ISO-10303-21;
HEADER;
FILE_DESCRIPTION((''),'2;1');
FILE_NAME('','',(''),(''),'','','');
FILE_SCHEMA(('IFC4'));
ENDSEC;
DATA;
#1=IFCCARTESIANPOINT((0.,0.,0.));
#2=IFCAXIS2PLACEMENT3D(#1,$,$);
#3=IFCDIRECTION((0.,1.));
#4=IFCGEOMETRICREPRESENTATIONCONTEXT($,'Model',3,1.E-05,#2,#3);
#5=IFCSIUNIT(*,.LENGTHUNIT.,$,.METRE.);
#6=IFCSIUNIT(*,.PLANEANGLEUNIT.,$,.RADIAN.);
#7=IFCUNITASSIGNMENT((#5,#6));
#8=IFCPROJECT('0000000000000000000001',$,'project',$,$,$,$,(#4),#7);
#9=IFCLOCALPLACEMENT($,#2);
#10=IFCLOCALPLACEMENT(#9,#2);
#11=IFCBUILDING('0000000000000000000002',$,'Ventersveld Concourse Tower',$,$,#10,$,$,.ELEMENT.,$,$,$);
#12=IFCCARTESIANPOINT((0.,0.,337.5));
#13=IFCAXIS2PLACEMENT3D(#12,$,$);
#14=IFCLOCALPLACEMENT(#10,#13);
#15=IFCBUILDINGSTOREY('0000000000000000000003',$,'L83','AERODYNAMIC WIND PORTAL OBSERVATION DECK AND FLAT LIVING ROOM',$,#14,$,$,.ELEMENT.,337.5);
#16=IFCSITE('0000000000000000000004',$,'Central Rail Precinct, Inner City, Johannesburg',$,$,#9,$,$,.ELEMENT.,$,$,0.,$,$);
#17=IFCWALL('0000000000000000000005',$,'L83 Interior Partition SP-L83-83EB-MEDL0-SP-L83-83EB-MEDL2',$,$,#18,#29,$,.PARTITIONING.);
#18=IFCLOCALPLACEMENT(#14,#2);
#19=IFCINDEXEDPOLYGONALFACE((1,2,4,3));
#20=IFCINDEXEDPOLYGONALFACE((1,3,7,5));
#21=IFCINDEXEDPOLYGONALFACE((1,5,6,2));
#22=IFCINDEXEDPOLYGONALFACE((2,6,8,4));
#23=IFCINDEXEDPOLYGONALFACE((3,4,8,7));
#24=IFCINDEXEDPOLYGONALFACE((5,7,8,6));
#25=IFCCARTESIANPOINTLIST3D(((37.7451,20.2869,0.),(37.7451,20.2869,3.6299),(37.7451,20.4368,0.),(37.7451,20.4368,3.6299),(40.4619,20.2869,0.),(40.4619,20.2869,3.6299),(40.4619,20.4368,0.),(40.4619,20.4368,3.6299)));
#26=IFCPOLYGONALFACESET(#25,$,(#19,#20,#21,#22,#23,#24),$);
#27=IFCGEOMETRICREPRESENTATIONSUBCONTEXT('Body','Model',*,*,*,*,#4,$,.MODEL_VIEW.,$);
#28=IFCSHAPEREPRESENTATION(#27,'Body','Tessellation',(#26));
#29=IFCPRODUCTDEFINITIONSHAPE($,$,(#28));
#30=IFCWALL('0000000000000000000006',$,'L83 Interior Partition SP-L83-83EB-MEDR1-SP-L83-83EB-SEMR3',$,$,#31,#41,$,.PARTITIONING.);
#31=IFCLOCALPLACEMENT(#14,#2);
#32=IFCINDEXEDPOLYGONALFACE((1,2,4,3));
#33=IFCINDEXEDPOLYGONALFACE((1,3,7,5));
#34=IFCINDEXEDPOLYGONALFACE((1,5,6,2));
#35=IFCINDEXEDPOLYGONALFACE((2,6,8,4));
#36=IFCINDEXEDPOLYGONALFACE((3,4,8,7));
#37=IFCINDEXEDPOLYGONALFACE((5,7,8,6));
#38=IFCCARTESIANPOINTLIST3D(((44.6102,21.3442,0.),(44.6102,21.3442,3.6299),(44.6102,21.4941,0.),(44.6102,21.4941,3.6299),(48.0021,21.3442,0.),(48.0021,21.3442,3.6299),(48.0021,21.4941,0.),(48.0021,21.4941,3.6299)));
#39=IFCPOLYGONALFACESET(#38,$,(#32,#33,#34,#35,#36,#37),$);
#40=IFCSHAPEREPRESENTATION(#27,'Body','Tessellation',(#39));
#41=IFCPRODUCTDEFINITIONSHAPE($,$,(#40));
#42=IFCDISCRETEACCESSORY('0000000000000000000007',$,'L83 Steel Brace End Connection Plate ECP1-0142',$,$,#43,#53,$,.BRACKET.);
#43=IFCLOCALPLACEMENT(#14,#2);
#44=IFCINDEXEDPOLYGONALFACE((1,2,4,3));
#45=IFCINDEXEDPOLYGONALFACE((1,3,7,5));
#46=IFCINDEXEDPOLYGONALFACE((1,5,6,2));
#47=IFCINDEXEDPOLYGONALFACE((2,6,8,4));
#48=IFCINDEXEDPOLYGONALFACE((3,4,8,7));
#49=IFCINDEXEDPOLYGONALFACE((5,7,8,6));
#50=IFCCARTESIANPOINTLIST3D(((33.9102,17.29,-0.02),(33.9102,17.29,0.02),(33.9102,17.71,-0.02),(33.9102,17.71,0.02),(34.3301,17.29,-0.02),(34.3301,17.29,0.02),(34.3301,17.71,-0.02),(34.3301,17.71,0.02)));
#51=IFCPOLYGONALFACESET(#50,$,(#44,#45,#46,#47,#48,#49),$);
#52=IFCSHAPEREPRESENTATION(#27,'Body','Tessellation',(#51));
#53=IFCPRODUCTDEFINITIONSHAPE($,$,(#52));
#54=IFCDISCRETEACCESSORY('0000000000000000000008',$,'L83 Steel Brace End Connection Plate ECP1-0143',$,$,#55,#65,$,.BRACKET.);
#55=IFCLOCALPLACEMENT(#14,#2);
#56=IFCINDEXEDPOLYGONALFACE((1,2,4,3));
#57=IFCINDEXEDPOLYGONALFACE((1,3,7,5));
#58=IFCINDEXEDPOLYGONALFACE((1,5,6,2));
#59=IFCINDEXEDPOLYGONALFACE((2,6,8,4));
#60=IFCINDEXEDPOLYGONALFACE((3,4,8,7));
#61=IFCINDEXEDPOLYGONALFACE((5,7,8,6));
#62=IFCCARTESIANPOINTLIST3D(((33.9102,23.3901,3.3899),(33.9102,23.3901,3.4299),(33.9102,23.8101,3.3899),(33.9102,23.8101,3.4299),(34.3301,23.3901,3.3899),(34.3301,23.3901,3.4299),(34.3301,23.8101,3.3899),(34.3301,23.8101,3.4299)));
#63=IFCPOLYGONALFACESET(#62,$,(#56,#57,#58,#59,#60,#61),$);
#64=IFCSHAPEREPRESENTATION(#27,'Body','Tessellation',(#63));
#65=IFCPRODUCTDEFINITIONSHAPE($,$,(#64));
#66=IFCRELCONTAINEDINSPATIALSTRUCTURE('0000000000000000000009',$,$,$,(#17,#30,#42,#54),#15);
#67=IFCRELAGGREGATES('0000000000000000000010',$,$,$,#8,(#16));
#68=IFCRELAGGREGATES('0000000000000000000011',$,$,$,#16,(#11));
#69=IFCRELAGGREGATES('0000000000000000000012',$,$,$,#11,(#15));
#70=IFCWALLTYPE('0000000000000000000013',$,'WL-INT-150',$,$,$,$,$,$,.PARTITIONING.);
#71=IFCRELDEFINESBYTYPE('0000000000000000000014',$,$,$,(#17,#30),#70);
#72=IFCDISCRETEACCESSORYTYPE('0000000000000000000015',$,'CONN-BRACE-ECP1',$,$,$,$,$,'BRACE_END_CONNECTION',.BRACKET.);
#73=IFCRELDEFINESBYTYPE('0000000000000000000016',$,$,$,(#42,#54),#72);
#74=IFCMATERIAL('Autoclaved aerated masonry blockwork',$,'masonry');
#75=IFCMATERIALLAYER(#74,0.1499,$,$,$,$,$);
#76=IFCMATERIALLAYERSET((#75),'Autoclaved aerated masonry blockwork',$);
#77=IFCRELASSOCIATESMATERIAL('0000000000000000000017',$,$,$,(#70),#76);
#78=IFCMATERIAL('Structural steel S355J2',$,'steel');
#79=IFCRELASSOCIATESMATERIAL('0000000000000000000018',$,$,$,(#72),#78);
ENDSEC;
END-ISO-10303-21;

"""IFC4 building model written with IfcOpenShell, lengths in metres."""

from ifc_helpers import new_model, si_unit, direction, frame, frame_2d, origin, origin_2d, place, context, subcontext, project, spatial, rectangle, extrude, material, layer, layer_set, type_object, element, save


model = new_model("IFC4")

# Units and contexts
model_context = context("Model", 3, precision=1e-05, world=origin(), true_north=direction((0.0, 1.0)))
body_context = subcontext(model_context, "Body", "Model", "MODEL_VIEW")
ifc_project = project(units=[si_unit("LENGTHUNIT", "METRE"), si_unit("PLANEANGLEUNIT", "RADIAN")], contexts=[model_context])

# Site, building, storey
site_placement = place(None, origin())
site = spatial("IfcSite", under=ifc_project, at=site_placement, Name="Central Rail Precinct, Inner City, Johannesburg", CompositionType="ELEMENT", RefElevation=0.0)
building_placement = place(site_placement, origin())
building = spatial("IfcBuilding", under=site, at=building_placement, Name="Ventersveld Concourse Tower", CompositionType="ELEMENT")
storey_placement = place(building_placement, frame((0.0, 0.0, 337.5)))
storey = spatial("IfcBuildingStorey", under=building, at=storey_placement, Name="L83", Description="AERODYNAMIC WIND PORTAL OBSERVATION DECK AND FLAT LIVING ROOM", CompositionType="ELEMENT", Elevation=337.5)

# Shared definitions
ifc_material_1 = material(Name="Structural steel S355J2", Category="steel")

# Shared definitions
ifc_material_2 = material(Name="Autoclaved aerated masonry blockwork", Category="masonry")
ifc_layer_1 = layer(ifc_material_2, 0.1499)
ifc_layer_set_1 = layer_set([ifc_layer_1], Name="Autoclaved aerated masonry blockwork")
wall_type_1 = type_object("IfcWallType", Name="WL-INT-150", PredefinedType="PARTITIONING", material=ifc_layer_set_1)

# Walls
wall_1_placement = place(storey_placement, frame((37.7451, 20.3618, 0.0), z_axis=(0.0, 0.0, 1.0), x_axis=(1.0, 0.0, 0.0)))
element("IfcWall", 1, at=wall_1_placement, inside=storey, type_object=wall_type_1, Name="L83 Interior Partition SP-L83-83EB-MEDL0-SP-L83-83EB-MEDL2", PredefinedType="PARTITIONING", context=body_context, shape_type="SweptSolid", body=[
    extrude(rectangle(XDim=2.7168, YDim=0.1499, at=frame_2d((1.3584, 0.0))), origin(), (0.0, 0.0, 1.0), 3.6299),
])
wall_2_placement = place(storey_placement, frame((44.6104, 21.4192, 0.0), z_axis=(0.0, 0.0, 1.0), x_axis=(1.0, 0.0, 0.0)))
element("IfcWall", 2, at=wall_2_placement, inside=storey, type_object=wall_type_1, Name="L83 Interior Partition SP-L83-83EB-MEDR1-SP-L83-83EB-SEMR3", PredefinedType="PARTITIONING", context=body_context, shape_type="SweptSolid", body=[
    extrude(rectangle(XDim=3.3918, YDim=0.1499, at=frame_2d((1.6958, 0.0))), origin(), (0.0, 0.0, 1.0), 3.6299),
])

# Discrete accessories
discrete_accessory_type = type_object("IfcDiscreteAccessoryType", Name="CONN-BRACE-ECP1", ElementType="BRACE_END_CONNECTION", PredefinedType="BRACKET", material=ifc_material_1)
for number, where, z_axis, x_axis, name in (
    (3, (34.1201, 17.5, -0.02), (0.0, 0.0, 1.0), (1.0, 0.0, 0.0), "L83 Steel Brace End Connection Plate ECP1-0142"),
    (4, (34.1201, 23.6001, 3.3899), (0.0, 0.0, 1.0), (1.0, 0.0, 0.0), "L83 Steel Brace End Connection Plate ECP1-0143"),
):
    element("IfcDiscreteAccessory", number, at=place(storey_placement, frame(where, z_axis=z_axis, x_axis=x_axis)), inside=storey, type_object=discrete_accessory_type, Name=name, PredefinedType="BRACKET", context=body_context, shape_type="SweptSolid", body=[
        extrude(rectangle(XDim=0.4199, YDim=0.4199, at=origin_2d()), origin(), (0.0, 0.0, 1.0), 0.04),
    ])

save(model, "model.ifc")
